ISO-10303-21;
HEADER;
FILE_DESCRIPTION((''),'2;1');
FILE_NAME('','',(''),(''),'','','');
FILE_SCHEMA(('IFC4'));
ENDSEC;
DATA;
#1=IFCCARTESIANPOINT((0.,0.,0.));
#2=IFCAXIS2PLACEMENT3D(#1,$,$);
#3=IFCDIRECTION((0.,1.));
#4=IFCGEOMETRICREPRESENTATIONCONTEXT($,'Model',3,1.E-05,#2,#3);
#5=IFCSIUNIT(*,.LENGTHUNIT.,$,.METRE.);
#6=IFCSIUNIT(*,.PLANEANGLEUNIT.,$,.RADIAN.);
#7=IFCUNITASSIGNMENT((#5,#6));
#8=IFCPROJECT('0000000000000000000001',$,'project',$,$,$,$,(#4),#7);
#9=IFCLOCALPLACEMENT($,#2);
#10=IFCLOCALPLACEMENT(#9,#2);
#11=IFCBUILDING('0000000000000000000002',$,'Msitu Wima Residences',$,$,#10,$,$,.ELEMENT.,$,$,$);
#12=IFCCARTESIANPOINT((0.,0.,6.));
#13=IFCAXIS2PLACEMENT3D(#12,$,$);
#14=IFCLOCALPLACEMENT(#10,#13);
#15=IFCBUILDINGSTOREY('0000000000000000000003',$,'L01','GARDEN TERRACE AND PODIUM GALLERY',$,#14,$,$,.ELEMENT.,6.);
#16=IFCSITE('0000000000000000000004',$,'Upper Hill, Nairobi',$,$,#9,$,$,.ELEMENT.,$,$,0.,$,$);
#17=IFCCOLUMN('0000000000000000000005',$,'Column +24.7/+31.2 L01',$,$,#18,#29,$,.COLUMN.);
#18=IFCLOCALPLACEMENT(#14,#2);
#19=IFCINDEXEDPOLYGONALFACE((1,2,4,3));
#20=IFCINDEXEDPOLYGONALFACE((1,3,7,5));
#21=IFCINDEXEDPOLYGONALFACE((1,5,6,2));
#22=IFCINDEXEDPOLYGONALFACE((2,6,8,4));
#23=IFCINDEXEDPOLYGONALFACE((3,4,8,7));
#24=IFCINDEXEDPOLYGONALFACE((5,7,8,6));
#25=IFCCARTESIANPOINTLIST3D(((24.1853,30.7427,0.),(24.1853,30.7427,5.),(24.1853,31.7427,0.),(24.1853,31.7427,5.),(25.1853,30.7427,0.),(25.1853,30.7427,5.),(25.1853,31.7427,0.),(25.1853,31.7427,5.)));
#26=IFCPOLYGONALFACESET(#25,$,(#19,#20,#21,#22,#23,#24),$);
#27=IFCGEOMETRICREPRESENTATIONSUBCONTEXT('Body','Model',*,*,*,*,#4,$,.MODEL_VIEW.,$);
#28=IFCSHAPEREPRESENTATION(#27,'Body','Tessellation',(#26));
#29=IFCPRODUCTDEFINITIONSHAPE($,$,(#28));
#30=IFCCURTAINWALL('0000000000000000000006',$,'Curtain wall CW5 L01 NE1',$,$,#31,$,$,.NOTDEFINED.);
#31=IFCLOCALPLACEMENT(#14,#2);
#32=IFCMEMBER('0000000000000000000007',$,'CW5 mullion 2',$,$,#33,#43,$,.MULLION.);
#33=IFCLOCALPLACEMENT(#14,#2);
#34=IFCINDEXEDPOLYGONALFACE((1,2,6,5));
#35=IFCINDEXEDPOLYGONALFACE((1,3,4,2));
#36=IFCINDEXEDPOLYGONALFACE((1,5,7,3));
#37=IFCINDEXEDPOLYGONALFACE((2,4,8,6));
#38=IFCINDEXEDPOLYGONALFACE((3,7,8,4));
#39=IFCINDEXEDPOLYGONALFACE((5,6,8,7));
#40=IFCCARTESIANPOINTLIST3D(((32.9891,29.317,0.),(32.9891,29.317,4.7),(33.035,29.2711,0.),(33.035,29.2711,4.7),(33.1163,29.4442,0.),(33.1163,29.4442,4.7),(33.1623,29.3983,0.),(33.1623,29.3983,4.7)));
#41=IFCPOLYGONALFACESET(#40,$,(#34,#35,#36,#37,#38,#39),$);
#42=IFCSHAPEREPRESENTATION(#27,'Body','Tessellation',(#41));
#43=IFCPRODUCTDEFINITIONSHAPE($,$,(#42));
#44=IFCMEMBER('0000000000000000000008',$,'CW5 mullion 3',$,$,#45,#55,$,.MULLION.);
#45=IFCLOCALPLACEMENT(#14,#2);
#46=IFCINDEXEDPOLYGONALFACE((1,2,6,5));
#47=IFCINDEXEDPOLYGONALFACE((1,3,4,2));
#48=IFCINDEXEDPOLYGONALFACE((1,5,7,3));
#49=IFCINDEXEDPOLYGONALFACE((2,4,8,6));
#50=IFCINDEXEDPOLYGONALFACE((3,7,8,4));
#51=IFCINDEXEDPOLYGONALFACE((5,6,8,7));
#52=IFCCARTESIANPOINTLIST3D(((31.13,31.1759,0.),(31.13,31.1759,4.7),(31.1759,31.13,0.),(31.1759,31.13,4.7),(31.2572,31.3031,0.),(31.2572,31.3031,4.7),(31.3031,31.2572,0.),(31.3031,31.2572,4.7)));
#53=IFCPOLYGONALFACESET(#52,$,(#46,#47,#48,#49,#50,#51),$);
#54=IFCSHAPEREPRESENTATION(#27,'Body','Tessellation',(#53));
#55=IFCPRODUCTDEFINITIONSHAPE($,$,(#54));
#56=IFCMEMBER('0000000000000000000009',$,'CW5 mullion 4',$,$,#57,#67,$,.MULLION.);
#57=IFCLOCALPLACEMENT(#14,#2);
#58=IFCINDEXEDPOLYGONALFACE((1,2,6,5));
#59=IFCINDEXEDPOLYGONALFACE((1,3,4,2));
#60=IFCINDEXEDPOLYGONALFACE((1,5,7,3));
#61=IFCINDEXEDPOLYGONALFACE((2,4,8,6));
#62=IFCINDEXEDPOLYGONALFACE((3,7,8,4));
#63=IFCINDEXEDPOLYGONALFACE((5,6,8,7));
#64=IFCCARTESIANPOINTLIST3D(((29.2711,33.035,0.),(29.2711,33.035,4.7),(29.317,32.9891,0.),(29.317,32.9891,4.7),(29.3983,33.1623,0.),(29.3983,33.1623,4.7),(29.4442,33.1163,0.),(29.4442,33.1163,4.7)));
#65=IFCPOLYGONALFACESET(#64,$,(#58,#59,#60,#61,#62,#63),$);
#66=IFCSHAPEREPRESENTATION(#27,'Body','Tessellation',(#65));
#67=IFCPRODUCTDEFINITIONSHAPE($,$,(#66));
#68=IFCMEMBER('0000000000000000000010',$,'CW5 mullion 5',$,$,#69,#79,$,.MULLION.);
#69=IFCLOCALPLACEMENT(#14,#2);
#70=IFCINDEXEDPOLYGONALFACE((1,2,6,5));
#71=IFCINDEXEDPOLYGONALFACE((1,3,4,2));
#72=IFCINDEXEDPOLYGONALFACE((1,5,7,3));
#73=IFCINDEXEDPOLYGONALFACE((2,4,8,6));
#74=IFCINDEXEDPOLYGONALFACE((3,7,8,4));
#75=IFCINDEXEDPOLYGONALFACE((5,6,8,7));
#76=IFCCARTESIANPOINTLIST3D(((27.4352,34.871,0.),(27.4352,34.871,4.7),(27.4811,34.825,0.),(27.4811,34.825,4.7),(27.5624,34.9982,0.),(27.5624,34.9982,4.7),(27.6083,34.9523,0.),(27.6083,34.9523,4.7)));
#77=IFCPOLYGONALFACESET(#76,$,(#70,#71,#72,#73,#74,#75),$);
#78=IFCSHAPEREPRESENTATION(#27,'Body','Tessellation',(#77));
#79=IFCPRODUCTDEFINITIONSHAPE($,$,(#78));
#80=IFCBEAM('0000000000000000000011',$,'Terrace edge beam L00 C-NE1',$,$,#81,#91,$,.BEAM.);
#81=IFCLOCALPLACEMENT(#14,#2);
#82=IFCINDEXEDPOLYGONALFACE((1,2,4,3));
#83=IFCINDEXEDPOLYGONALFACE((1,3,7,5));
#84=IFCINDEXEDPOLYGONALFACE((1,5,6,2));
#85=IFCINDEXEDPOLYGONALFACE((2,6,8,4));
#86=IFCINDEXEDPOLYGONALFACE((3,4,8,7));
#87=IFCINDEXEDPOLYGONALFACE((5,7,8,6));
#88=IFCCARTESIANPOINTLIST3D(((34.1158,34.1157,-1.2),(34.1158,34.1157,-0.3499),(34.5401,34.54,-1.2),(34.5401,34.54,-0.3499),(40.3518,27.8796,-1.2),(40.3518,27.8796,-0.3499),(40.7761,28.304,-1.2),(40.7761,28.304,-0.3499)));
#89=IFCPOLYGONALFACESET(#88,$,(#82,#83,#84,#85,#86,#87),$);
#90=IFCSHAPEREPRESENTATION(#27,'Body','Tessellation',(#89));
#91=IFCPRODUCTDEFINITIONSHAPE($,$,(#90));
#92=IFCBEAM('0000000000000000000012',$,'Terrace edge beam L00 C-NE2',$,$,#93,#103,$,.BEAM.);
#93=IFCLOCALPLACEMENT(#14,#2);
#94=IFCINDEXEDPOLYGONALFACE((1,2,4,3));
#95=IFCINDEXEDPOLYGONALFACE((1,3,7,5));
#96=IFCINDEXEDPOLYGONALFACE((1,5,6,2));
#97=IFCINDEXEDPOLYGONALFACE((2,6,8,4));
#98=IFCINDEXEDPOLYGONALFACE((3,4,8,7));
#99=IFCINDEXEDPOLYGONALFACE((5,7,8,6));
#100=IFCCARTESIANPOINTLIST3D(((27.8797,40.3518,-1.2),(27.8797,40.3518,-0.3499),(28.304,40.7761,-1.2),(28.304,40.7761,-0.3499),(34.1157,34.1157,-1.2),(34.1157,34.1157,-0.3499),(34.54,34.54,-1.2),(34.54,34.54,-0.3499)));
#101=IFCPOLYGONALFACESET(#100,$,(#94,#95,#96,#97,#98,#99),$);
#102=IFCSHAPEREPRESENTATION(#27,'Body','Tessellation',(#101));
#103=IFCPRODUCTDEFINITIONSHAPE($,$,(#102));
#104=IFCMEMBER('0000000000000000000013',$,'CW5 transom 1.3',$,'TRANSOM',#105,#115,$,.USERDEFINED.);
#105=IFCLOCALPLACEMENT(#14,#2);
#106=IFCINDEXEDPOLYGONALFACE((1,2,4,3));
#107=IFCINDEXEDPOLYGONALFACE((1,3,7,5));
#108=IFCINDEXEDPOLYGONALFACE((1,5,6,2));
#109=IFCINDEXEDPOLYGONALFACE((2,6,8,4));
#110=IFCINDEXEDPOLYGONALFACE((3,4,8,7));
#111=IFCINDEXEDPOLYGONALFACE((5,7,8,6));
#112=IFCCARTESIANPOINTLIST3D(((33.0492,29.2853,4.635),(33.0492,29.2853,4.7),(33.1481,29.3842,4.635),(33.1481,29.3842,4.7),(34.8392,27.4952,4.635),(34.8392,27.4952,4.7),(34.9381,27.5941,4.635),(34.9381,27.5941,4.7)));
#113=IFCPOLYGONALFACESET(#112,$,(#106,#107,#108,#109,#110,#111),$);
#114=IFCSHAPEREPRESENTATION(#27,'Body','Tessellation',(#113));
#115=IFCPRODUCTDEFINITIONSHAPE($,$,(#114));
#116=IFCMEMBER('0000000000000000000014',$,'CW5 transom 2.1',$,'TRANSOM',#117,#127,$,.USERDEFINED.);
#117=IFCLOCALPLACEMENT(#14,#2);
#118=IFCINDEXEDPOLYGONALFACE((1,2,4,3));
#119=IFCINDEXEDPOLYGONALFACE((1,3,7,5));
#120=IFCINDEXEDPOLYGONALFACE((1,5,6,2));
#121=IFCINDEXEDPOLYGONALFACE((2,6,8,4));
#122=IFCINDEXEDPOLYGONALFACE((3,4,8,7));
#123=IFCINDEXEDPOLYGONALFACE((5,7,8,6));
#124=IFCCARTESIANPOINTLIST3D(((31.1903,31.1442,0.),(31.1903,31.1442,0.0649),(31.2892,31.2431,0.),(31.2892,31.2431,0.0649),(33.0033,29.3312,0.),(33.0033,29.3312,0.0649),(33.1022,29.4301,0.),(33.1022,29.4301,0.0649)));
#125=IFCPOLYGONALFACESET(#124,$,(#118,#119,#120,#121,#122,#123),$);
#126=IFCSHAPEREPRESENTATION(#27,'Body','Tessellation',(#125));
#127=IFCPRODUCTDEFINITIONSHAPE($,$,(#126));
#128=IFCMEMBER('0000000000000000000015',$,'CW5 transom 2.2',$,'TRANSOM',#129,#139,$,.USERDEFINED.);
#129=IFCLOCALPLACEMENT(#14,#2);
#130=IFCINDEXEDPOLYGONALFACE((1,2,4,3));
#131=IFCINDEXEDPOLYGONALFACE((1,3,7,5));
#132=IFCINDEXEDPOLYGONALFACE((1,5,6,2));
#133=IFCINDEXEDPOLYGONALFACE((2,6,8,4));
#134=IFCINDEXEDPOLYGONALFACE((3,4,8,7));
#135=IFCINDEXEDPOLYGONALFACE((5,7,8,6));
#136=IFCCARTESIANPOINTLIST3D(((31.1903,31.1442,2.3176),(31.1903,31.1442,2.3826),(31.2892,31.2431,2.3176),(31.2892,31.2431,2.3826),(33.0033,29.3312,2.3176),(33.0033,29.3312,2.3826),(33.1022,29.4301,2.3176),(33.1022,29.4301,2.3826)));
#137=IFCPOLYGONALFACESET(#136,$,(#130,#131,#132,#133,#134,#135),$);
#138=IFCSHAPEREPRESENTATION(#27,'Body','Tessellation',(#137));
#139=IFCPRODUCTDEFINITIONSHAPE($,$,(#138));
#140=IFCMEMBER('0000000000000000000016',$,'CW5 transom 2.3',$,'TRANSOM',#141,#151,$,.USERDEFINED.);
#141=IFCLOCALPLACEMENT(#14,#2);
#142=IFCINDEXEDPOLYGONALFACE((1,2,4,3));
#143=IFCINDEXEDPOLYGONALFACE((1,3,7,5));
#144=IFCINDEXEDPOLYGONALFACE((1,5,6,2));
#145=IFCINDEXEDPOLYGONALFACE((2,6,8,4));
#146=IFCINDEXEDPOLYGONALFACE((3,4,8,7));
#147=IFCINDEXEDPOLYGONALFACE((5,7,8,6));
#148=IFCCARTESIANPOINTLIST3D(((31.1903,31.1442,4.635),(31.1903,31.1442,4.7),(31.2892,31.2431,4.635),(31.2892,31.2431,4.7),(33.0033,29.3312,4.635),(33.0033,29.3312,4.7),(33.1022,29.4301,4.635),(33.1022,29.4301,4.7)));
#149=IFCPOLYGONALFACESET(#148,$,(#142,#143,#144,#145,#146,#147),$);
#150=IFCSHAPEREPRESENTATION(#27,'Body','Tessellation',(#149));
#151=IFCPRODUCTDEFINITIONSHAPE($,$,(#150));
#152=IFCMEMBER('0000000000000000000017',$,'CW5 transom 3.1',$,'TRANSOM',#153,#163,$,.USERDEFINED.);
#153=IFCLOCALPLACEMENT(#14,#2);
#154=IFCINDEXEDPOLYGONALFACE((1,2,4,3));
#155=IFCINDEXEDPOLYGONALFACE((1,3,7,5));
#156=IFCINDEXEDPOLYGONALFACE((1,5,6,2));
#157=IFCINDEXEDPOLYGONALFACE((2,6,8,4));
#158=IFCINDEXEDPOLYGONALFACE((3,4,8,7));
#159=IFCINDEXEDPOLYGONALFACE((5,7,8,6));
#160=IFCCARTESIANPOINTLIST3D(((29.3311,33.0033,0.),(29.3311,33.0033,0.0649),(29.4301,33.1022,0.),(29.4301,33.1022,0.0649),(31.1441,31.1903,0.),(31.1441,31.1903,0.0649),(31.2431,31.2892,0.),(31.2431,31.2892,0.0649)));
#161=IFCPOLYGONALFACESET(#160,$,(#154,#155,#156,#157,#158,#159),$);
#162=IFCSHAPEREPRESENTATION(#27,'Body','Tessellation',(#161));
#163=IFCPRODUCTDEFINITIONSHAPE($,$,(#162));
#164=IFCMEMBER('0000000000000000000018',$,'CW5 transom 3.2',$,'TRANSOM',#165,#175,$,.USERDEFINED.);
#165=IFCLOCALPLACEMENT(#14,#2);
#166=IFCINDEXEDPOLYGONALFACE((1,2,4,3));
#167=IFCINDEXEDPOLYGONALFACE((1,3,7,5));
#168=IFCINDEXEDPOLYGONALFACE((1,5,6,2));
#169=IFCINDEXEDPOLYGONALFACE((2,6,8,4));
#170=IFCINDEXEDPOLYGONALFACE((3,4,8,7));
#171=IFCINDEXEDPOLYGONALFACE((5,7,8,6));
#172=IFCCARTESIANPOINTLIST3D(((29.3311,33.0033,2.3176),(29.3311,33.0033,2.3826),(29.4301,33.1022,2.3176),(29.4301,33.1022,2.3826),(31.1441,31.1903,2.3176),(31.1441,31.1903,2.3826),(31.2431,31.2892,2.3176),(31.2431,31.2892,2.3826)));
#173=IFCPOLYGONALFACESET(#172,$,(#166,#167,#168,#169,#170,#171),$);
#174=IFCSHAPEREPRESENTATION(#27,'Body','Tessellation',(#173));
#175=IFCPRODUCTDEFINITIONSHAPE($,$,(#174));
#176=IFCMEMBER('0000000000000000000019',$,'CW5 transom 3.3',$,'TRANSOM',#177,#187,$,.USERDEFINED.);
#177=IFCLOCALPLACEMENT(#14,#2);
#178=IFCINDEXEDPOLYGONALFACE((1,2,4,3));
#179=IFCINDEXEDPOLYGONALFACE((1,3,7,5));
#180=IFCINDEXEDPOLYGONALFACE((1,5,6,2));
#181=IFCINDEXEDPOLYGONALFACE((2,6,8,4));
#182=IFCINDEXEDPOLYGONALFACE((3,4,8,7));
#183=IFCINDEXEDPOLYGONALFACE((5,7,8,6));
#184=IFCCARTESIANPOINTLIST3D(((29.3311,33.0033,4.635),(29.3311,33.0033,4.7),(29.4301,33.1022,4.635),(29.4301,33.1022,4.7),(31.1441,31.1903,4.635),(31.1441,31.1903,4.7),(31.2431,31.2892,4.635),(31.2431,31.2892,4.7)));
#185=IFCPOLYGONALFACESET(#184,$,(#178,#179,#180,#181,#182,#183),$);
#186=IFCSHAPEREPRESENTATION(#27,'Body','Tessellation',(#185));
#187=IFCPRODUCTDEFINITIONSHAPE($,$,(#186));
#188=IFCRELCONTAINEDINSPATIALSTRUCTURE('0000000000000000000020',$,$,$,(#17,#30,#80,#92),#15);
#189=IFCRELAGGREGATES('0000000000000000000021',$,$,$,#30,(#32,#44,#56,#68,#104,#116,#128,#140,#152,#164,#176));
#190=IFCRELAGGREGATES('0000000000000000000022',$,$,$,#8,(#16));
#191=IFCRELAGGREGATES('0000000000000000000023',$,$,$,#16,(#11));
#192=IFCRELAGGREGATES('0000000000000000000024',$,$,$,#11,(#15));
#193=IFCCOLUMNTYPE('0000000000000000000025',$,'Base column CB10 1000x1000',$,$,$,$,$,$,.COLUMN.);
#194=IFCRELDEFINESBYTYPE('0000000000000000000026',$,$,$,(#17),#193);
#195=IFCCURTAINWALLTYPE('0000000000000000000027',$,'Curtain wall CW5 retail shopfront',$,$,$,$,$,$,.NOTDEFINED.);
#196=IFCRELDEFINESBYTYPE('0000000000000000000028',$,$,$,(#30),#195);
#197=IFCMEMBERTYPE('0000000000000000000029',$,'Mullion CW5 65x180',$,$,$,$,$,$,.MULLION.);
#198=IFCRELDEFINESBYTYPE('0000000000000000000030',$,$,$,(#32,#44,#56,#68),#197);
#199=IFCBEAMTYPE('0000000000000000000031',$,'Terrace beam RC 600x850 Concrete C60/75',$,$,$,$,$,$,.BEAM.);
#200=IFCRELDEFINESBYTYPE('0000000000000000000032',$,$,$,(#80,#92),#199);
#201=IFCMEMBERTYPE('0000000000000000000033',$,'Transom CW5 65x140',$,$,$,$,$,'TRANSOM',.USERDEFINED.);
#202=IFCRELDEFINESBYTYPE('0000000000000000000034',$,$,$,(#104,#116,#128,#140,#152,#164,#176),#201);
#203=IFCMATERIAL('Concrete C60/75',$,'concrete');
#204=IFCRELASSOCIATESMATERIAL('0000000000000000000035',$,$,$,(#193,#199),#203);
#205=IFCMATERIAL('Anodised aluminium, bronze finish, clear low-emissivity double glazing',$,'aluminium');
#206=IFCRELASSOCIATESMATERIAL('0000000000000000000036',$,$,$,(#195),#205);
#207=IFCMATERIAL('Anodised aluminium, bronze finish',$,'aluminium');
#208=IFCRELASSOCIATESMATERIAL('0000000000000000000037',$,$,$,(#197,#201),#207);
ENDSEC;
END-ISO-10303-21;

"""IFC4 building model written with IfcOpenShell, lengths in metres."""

from ifc_helpers import new_model, si_unit, direction, frame, origin, origin_2d, place, context, subcontext, project, spatial, rectangle, extrude, material, material_profile, profile_set, type_object, element, aggregate, save


model = new_model("IFC4")

# Units and contexts
model_context = context("Model", 3, precision=1e-05, world=origin(), true_north=direction((0.0, 1.0)))
body_context = subcontext(model_context, "Body", "Model", "MODEL_VIEW")
ifc_project = project(units=[si_unit("LENGTHUNIT", "METRE"), si_unit("PLANEANGLEUNIT", "RADIAN")], contexts=[model_context])

# Site, building, storey
site_placement = place(None, origin())
site = spatial("IfcSite", under=ifc_project, at=site_placement, Name="Upper Hill, Nairobi", CompositionType="ELEMENT", RefElevation=0.0)
building_placement = place(site_placement, origin())
building = spatial("IfcBuilding", under=site, at=building_placement, Name="Msitu Wima Residences", CompositionType="ELEMENT")
storey_placement = place(building_placement, frame((0.0, 0.0, 6.0)))
storey = spatial("IfcBuildingStorey", under=building, at=storey_placement, Name="L01", Description="GARDEN TERRACE AND PODIUM GALLERY", CompositionType="ELEMENT", Elevation=6.0)

# Column
ifc_material_1 = material(Name="Concrete C60/75", Category="concrete")
ifc_material_profile_1 = material_profile(ifc_material_1, rectangle(XDim=1.0, YDim=1.0, at=origin_2d()), Name="RC 1000x1000")
ifc_profile_set_1 = profile_set([ifc_material_profile_1], Name="Concrete C60/75")
column_type = type_object("IfcColumnType", Name="Base column CB10 1000x1000", PredefinedType="COLUMN", material=ifc_profile_set_1)
column_placement = place(storey_placement, frame((24.6853, 31.2427, 0.0), z_axis=(0.0, 0.0, 1.0), x_axis=(1.0, 0.0, 0.0)))
element("IfcColumn", 1, at=column_placement, inside=storey, type_object=column_type, Name="Column +24.7/+31.2 L01", PredefinedType="COLUMN", context=body_context, shape_type="SweptSolid", body=[
    extrude(rectangle(XDim=1.0, YDim=1.0, at=origin_2d()), origin(), (0.0, 0.0, 1.0), 5.0),
])

# Curtain wall, members
ifc_material_2 = material(Name="Anodised aluminium, bronze finish, clear low-emissivity double glazing", Category="aluminium")
curtain_wall_type = type_object("IfcCurtainWallType", Name="Curtain wall CW5 retail shopfront", PredefinedType="NOTDEFINED", material=ifc_material_2)
curtain_wall_placement = place(storey_placement, origin())
curtain_wall = element("IfcCurtainWall", 2, at=curtain_wall_placement, inside=storey, type_object=curtain_wall_type, Name="Curtain wall CW5 L01 NE1", PredefinedType="NOTDEFINED")
ifc_material_3 = material(Name="Anodised aluminium, bronze finish", Category="aluminium")
ifc_material_profile_2 = material_profile(ifc_material_3, rectangle(XDim=0.1799, YDim=0.0649, at=origin_2d()), Name="Mullion 65x180")
ifc_profile_set_2 = profile_set([ifc_material_profile_2], Name="Anodised aluminium, bronze finish")
member_type_1 = type_object("IfcMemberType", Name="Mullion CW5 65x180", PredefinedType="MULLION", material=ifc_profile_set_2)
member_1_placement = place(storey_placement, frame((33.0757, 29.3577, 0.0), z_axis=(0.0, 0.0, 1.0), x_axis=(-0.707107, -0.707107, 0.0)))
member_1 = element("IfcMember", 3, at=member_1_placement, type_object=member_type_1, Name="CW5 mullion 2", PredefinedType="MULLION", context=body_context, shape_type="SweptSolid", body=[
    extrude(rectangle(XDim=0.1799, YDim=0.0649, at=origin_2d()), origin(), (0.0, 0.0, 1.0), 4.7),
])
member_2_placement = place(storey_placement, frame((31.2166, 31.2166, 0.0), z_axis=(0.0, 0.0, 1.0), x_axis=(-0.707107, -0.707107, 0.0)))
member_2 = element("IfcMember", 4, at=member_2_placement, type_object=member_type_1, Name="CW5 mullion 3", PredefinedType="MULLION", context=body_context, shape_type="SweptSolid", body=[
    extrude(rectangle(XDim=0.1799, YDim=0.0649, at=origin_2d()), origin(), (0.0, 0.0, 1.0), 4.7),
])
member_3_placement = place(storey_placement, frame((29.3577, 33.0757, 0.0), z_axis=(0.0, 0.0, 1.0), x_axis=(-0.707107, -0.707107, 0.0)))
member_3 = element("IfcMember", 5, at=member_3_placement, type_object=member_type_1, Name="CW5 mullion 4", PredefinedType="MULLION", context=body_context, shape_type="SweptSolid", body=[
    extrude(rectangle(XDim=0.1799, YDim=0.0649, at=origin_2d()), origin(), (0.0, 0.0, 1.0), 4.7),
])
member_4_placement = place(storey_placement, frame((27.5217, 34.9116, 0.0), z_axis=(0.0, 0.0, 1.0), x_axis=(-0.707107, -0.707107, 0.0)))
member_4 = element("IfcMember", 6, at=member_4_placement, type_object=member_type_1, Name="CW5 mullion 5", PredefinedType="MULLION", context=body_context, shape_type="SweptSolid", body=[
    extrude(rectangle(XDim=0.1799, YDim=0.0649, at=origin_2d()), origin(), (0.0, 0.0, 1.0), 4.7),
])

# Beams
ifc_material_profile_3 = material_profile(ifc_material_1, rectangle(XDim=0.6001, YDim=0.8501, at=origin_2d()), Name="RC 600x850")
ifc_profile_set_3 = profile_set([ifc_material_profile_3], Name="Concrete C60/75")
beam_type = type_object("IfcBeamType", Name="Terrace beam RC 600x850 Concrete C60/75", PredefinedType="BEAM", material=ifc_profile_set_3)
for number, where, z_axis, x_axis, name in (
    (7, (40.564, 28.0918, -0.7749), (-0.707107, 0.707107, 0.0), (-0.707107, -0.707107, 0.0), "Terrace edge beam L00 C-NE1"),
    (8, (34.3279, 34.3279, -0.7749), (-0.707107, 0.707107, 0.0), (-0.707107, -0.707107, 0.0), "Terrace edge beam L00 C-NE2"),
):
    element("IfcBeam", number, at=place(storey_placement, frame(where, z_axis=z_axis, x_axis=x_axis)), inside=storey, type_object=beam_type, Name=name, PredefinedType="BEAM", context=body_context, shape_type="SweptSolid", body=[
        extrude(rectangle(XDim=0.6001, YDim=0.8501, at=origin_2d()), origin(), (0.0, 0.0, 1.0), 8.8191),
    ])

# Members
ifc_material_profile_4 = material_profile(ifc_material_3, rectangle(XDim=0.1399, YDim=0.0649, at=origin_2d()), Name="Transom 65x140")
ifc_profile_set_4 = profile_set([ifc_material_profile_4], Name="Anodised aluminium, bronze finish")
member_type_2 = type_object("IfcMemberType", Name="Transom CW5 65x140", ElementType="TRANSOM", PredefinedType="USERDEFINED", material=ifc_profile_set_4)
member_5_placement = place(storey_placement, frame((34.8887, 27.5447, 4.6675), z_axis=(-0.707107, 0.707107, 0.0), x_axis=(-0.707107, -0.707107, 0.0)))
member_5 = element("IfcMember", 9, at=member_5_placement, type_object=member_type_2, Name="CW5 transom 1.3", ObjectType="TRANSOM", PredefinedType="USERDEFINED", context=body_context, shape_type="SweptSolid", body=[
    extrude(rectangle(XDim=0.1399, YDim=0.0649, at=origin_2d()), origin(), (0.0, 0.0, 1.0), 2.5315),
])
member_6_placement = place(storey_placement, frame((33.0527, 29.3806, 0.0325), z_axis=(-0.707107, 0.707107, 0.0), x_axis=(-0.707107, -0.707107, 0.0)))
member_6 = element("IfcMember", 10, at=member_6_placement, type_object=member_type_2, Name="CW5 transom 2.1", ObjectType="TRANSOM", PredefinedType="USERDEFINED", context=body_context, shape_type="SweptSolid", body=[
    extrude(rectangle(XDim=0.1399, YDim=0.0649, at=origin_2d()), origin(), (0.0, 0.0, 1.0), 2.564),
])
member_7_placement = place(storey_placement, frame((33.0527, 29.3806, 2.3501), z_axis=(-0.707107, 0.707107, 0.0), x_axis=(-0.707107, -0.707107, 0.0)))
member_7 = element("IfcMember", 11, at=member_7_placement, type_object=member_type_2, Name="CW5 transom 2.2", ObjectType="TRANSOM", PredefinedType="USERDEFINED", context=body_context, shape_type="SweptSolid", body=[
    extrude(rectangle(XDim=0.1399, YDim=0.0649, at=origin_2d()), origin(), (0.0, 0.0, 1.0), 2.564),
])
member_8_placement = place(storey_placement, frame((33.0527, 29.3806, 4.6675), z_axis=(-0.707107, 0.707107, 0.0), x_axis=(-0.707107, -0.707107, 0.0)))
member_8 = element("IfcMember", 12, at=member_8_placement, type_object=member_type_2, Name="CW5 transom 2.3", ObjectType="TRANSOM", PredefinedType="USERDEFINED", context=body_context, shape_type="SweptSolid", body=[
    extrude(rectangle(XDim=0.1399, YDim=0.0649, at=origin_2d()), origin(), (0.0, 0.0, 1.0), 2.564),
])
member_9_placement = place(storey_placement, frame((31.1936, 31.2397, 0.0325), z_axis=(-0.707107, 0.707107, 0.0), x_axis=(-0.707107, -0.707107, 0.0)))
member_9 = element("IfcMember", 13, at=member_9_placement, type_object=member_type_2, Name="CW5 transom 3.1", ObjectType="TRANSOM", PredefinedType="USERDEFINED", context=body_context, shape_type="SweptSolid", body=[
    extrude(rectangle(XDim=0.1399, YDim=0.0649, at=origin_2d()), origin(), (0.0, 0.0, 1.0), 2.564),
])
member_10_placement = place(storey_placement, frame((31.1936, 31.2397, 2.3501), z_axis=(-0.707107, 0.707107, 0.0), x_axis=(-0.707107, -0.707107, 0.0)))
member_10 = element("IfcMember", 14, at=member_10_placement, type_object=member_type_2, Name="CW5 transom 3.2", ObjectType="TRANSOM", PredefinedType="USERDEFINED", context=body_context, shape_type="SweptSolid", body=[
    extrude(rectangle(XDim=0.1399, YDim=0.0649, at=origin_2d()), origin(), (0.0, 0.0, 1.0), 2.564),
])
member_11_placement = place(storey_placement, frame((31.1936, 31.2397, 4.6675), z_axis=(-0.707107, 0.707107, 0.0), x_axis=(-0.707107, -0.707107, 0.0)))
member_11 = element("IfcMember", 15, at=member_11_placement, type_object=member_type_2, Name="CW5 transom 3.3", ObjectType="TRANSOM", PredefinedType="USERDEFINED", context=body_context, shape_type="SweptSolid", body=[
    extrude(rectangle(XDim=0.1399, YDim=0.0649, at=origin_2d()), origin(), (0.0, 0.0, 1.0), 2.564),
])

aggregate(curtain_wall, [member_1, member_2, member_3, member_4, member_5, member_6, member_7, member_8, member_9, member_10, member_11])

save(model, "model.ifc")
